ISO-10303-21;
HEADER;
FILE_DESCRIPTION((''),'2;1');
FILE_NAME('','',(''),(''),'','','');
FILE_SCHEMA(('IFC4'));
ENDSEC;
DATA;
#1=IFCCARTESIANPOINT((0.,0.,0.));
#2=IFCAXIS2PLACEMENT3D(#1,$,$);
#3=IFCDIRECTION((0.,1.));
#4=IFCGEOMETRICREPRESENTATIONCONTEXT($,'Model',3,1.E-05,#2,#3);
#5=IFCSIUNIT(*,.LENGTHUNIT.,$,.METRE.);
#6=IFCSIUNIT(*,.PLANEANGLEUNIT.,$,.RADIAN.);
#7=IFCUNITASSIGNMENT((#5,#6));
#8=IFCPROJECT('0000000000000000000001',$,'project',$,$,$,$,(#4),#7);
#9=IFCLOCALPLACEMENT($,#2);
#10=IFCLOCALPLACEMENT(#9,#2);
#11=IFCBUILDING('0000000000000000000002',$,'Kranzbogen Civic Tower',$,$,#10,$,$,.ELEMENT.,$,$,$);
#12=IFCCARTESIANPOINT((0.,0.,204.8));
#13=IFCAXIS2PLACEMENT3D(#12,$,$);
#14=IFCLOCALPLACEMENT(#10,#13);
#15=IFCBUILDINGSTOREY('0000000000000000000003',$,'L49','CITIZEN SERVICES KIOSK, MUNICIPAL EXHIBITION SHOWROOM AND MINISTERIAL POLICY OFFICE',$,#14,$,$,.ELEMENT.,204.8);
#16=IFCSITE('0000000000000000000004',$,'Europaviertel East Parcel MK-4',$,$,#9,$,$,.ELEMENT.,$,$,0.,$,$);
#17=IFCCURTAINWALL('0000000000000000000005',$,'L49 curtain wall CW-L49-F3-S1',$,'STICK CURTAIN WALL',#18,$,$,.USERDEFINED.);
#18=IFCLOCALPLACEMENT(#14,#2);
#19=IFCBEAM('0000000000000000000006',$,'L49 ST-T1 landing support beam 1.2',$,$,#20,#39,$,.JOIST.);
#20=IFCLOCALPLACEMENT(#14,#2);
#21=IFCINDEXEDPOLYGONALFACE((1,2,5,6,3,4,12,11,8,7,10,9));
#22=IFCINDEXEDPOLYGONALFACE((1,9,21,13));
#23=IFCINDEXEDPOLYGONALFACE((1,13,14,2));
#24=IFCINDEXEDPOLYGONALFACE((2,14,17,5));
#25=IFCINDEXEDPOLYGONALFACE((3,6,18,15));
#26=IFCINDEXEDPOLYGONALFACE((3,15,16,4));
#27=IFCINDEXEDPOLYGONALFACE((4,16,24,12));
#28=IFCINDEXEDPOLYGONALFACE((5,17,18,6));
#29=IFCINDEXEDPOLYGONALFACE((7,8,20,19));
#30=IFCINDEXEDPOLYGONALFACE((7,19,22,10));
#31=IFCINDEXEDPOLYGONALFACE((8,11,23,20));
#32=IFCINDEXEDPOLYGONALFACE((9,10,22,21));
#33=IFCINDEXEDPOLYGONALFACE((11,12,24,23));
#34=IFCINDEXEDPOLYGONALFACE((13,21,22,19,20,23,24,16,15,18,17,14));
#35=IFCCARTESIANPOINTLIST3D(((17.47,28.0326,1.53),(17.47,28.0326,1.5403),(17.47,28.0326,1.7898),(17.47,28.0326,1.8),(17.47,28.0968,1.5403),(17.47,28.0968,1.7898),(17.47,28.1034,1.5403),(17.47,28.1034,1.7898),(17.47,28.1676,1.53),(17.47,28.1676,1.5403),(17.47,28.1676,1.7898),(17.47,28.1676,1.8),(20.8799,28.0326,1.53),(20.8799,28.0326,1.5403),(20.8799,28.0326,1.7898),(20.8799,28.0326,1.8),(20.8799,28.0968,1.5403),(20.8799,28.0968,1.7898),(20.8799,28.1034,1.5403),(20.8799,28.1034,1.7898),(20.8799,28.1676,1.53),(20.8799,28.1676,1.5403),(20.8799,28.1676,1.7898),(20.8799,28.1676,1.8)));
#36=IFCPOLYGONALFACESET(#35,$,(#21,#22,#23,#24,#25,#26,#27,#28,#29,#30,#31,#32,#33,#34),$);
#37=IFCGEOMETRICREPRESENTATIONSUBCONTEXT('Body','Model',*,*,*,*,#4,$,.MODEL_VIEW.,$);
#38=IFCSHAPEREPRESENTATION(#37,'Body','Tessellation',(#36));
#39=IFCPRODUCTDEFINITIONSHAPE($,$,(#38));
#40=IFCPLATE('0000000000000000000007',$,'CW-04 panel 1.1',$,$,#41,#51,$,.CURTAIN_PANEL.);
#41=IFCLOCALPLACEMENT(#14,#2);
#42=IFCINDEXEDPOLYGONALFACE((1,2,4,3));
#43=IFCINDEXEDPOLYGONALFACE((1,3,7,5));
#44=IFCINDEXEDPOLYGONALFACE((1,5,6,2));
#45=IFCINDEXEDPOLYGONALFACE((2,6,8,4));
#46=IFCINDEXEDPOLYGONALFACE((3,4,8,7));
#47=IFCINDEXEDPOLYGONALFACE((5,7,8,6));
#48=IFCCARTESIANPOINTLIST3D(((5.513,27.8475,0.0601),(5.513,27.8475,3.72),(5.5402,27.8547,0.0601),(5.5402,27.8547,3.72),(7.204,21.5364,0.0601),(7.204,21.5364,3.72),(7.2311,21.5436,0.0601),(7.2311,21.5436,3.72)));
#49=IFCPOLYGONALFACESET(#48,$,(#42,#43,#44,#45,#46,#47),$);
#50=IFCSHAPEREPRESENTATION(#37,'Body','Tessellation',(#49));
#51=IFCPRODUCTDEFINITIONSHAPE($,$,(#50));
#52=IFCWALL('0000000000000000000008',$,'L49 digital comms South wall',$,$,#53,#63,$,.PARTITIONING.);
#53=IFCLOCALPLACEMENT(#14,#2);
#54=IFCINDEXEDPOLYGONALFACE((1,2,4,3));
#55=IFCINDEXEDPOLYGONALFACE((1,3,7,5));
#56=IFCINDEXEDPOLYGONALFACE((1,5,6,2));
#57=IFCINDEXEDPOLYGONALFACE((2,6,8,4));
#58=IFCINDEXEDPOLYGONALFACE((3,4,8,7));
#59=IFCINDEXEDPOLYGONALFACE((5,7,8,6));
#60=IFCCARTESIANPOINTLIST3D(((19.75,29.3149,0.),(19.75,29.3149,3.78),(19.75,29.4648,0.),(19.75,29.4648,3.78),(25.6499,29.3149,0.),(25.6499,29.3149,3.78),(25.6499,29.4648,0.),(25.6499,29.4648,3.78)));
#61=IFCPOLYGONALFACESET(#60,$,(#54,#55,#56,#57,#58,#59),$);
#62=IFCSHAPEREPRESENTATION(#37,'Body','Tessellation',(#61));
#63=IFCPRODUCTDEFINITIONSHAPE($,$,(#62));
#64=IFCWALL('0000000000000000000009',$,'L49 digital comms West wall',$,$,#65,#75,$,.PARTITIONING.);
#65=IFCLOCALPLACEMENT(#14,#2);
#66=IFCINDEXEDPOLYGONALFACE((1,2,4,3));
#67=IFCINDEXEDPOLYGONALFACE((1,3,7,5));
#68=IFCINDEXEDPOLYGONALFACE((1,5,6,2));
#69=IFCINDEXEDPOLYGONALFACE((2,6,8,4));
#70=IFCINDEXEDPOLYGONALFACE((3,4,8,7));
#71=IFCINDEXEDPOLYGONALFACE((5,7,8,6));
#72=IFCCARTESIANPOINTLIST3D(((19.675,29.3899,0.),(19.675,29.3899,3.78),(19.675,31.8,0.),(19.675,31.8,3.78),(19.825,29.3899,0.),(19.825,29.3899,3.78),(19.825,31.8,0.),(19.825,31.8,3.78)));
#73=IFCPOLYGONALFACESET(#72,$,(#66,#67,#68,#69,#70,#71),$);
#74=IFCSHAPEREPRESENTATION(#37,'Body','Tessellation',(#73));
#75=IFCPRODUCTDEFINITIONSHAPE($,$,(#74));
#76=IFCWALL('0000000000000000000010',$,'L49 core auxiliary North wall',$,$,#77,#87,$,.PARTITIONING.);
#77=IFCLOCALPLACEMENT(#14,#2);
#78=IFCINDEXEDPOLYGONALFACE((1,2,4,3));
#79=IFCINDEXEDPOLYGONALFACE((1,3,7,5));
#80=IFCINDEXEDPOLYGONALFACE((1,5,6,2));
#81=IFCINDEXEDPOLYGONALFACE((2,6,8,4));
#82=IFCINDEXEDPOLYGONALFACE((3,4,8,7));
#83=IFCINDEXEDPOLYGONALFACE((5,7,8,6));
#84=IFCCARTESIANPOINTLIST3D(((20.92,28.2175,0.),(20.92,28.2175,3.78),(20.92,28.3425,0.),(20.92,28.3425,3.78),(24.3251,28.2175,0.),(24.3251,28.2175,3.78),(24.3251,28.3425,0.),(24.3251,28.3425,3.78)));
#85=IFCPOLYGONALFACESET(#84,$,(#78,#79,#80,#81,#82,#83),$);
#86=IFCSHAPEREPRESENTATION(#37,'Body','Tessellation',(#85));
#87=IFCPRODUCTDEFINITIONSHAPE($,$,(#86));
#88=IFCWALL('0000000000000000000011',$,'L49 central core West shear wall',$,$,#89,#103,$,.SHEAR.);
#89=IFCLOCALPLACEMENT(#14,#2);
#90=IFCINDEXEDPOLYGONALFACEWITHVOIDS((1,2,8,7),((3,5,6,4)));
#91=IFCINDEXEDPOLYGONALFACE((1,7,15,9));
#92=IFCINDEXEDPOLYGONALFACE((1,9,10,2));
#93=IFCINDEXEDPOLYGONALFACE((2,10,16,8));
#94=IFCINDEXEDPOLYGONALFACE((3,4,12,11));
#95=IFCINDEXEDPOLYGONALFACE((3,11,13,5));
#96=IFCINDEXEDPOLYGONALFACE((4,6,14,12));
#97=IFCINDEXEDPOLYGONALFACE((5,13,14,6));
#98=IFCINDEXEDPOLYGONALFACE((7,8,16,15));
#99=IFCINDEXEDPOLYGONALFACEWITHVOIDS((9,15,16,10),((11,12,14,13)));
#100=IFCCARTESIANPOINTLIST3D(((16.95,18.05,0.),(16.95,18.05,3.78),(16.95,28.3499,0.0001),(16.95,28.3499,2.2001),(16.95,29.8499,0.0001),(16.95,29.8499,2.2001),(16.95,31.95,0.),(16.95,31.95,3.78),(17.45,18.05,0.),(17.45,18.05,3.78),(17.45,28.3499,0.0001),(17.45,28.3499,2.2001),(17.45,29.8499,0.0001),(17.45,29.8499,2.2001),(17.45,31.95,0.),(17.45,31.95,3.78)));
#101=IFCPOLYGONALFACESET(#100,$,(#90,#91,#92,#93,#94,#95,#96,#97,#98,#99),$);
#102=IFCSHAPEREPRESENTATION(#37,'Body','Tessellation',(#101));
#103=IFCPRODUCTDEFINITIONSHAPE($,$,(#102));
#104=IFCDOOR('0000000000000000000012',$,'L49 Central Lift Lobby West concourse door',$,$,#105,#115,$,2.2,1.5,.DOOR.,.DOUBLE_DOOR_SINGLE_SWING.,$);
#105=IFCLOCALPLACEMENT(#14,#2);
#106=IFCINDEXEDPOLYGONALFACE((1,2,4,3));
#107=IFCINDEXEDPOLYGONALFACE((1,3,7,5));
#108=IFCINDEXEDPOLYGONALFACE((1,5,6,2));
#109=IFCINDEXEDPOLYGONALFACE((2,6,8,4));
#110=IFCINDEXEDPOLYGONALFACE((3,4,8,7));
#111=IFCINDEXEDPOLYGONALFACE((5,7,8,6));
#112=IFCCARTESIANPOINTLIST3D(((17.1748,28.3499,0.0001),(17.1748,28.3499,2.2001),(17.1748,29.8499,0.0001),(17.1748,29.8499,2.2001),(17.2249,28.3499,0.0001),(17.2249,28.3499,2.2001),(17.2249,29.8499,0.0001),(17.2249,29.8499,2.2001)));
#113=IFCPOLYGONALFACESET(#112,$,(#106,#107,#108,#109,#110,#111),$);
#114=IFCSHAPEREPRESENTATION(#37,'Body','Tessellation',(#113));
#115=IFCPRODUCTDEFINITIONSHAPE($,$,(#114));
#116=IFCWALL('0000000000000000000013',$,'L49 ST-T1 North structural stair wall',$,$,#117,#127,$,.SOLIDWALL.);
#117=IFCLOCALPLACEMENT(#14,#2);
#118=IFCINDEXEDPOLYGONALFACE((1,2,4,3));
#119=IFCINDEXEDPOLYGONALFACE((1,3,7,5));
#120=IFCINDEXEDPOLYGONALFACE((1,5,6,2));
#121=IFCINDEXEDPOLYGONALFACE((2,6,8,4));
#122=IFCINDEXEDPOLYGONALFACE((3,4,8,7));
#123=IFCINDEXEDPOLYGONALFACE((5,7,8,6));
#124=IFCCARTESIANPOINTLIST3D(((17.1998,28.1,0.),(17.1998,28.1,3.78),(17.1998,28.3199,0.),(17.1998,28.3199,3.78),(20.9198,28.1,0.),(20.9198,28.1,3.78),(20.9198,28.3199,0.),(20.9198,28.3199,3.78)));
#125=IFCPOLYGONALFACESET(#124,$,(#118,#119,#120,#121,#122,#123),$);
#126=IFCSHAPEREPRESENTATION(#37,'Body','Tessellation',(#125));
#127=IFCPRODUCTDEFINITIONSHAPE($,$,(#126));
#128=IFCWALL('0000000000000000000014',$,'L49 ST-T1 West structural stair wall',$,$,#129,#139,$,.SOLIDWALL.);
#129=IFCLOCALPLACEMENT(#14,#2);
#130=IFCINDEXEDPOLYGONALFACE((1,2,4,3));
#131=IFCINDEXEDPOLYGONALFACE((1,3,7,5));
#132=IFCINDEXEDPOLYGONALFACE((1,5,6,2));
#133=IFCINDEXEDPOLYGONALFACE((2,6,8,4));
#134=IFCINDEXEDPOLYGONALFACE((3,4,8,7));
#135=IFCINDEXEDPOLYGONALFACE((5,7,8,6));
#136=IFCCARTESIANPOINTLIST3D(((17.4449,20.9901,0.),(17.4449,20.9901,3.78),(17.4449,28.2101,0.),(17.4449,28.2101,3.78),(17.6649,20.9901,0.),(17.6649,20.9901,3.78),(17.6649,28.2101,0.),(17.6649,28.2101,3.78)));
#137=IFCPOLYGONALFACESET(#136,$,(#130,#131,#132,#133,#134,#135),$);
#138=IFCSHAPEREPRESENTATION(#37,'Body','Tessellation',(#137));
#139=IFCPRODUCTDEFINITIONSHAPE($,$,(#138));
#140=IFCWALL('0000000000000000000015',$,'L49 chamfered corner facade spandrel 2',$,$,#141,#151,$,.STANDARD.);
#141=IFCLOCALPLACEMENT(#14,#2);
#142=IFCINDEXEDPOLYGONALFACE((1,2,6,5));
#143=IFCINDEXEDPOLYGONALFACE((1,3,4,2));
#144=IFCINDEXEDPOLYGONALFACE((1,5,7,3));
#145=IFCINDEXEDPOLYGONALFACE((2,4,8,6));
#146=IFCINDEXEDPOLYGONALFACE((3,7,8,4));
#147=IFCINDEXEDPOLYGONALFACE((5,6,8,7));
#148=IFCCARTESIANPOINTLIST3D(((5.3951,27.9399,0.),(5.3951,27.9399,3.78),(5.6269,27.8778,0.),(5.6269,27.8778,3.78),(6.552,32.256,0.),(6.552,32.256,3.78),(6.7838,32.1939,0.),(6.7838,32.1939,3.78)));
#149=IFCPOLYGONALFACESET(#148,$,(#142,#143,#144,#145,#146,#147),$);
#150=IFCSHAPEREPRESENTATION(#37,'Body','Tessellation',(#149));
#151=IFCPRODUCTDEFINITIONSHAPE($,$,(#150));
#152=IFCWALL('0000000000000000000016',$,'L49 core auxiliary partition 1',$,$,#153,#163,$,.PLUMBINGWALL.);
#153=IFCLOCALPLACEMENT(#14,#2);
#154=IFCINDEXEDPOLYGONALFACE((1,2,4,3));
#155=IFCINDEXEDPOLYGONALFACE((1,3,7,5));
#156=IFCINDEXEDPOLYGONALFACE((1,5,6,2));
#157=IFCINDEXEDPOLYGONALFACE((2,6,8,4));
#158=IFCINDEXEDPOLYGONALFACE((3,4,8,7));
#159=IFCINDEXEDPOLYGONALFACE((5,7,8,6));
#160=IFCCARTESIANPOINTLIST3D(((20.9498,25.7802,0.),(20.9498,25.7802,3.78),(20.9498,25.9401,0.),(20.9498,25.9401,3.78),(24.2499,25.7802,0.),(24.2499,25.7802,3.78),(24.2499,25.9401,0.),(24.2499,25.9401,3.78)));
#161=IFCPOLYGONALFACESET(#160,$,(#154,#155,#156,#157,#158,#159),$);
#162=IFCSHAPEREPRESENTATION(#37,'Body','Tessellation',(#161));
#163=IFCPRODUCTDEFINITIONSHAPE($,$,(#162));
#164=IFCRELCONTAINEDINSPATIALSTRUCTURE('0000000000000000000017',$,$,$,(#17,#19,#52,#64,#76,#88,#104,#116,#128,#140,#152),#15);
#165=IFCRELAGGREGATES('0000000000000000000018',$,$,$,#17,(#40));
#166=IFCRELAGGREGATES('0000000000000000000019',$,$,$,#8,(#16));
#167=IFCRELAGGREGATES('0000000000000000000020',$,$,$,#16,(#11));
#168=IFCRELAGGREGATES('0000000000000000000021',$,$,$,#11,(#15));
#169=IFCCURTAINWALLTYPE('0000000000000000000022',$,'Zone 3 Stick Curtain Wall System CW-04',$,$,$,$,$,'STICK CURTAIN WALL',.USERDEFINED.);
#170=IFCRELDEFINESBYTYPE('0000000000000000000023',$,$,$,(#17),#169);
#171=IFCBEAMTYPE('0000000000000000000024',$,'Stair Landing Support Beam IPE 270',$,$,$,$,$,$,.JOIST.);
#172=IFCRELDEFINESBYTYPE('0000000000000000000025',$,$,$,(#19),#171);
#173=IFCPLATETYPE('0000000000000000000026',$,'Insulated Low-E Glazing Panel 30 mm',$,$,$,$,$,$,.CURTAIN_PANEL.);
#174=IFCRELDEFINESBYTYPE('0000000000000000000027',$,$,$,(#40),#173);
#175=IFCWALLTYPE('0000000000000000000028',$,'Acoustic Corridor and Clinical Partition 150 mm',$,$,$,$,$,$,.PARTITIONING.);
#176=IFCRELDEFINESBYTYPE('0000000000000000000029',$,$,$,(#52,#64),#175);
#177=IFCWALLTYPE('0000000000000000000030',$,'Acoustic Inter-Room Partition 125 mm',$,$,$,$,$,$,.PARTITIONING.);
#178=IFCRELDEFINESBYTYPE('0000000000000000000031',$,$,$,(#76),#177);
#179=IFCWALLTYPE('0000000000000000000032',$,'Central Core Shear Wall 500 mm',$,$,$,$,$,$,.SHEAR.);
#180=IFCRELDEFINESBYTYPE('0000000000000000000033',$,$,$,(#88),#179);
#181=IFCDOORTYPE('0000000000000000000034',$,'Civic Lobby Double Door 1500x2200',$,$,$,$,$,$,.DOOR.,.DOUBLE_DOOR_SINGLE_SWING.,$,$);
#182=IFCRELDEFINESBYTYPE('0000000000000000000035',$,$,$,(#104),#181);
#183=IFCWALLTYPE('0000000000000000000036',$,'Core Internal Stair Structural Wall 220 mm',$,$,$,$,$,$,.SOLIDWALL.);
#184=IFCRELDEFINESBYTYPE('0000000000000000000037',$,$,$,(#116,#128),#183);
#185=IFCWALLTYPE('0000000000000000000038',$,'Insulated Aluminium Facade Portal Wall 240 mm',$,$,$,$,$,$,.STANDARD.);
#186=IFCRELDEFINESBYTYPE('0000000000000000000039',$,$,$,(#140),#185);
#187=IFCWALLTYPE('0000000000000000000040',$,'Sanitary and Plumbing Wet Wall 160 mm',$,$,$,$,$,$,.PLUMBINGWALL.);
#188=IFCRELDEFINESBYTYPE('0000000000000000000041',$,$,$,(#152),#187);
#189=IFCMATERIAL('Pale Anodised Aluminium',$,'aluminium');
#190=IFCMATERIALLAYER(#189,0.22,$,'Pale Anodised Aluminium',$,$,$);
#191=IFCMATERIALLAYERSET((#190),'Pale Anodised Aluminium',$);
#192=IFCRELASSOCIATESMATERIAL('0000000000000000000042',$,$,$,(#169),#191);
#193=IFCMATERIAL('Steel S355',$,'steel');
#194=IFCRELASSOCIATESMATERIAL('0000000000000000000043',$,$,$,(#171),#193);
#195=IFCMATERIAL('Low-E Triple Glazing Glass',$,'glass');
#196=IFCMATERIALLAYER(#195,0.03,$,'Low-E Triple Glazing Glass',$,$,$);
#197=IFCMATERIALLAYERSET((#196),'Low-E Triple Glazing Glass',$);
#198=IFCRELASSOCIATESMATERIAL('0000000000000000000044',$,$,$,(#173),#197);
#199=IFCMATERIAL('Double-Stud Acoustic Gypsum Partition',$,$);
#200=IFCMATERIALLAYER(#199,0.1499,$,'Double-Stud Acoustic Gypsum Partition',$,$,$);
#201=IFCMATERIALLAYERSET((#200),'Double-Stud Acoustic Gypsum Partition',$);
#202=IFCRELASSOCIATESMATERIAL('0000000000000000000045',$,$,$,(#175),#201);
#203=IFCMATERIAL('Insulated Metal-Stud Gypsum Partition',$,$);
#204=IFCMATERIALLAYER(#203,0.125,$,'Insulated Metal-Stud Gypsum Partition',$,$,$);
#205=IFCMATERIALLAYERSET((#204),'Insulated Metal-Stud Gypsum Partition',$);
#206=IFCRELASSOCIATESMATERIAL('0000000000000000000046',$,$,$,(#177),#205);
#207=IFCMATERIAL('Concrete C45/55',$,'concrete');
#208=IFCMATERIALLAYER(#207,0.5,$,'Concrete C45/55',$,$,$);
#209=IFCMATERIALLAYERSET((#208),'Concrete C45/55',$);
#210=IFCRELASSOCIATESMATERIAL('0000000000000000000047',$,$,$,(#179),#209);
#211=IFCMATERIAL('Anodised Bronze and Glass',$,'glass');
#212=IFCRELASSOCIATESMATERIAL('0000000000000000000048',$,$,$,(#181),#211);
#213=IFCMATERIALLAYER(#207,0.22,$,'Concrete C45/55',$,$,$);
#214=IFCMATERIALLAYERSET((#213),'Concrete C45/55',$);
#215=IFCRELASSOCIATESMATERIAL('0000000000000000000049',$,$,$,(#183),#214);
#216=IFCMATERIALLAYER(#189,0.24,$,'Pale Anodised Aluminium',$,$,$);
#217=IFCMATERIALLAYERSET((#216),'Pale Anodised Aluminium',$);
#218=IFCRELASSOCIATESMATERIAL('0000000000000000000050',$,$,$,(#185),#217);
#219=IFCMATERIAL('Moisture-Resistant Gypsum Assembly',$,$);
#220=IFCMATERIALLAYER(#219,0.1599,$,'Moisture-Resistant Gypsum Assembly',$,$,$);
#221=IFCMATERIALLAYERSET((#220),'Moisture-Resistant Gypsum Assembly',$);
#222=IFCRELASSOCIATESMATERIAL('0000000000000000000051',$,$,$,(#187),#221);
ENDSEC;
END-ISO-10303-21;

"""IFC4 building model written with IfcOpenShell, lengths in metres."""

from ifc_helpers import new_model, si_unit, direction, frame, frame_2d, origin, origin_2d, place, context, subcontext, project, spatial, rectangle, i_section, extrude, material, layer, layer_set, material_profile, profile_set, type_object, element, fill, aggregate, save


model = new_model("IFC4")

# Units and contexts
model_context = context("Model", 3, precision=1e-05, world=origin(), true_north=direction((0.0, 1.0)))
body_context = subcontext(model_context, "Body", "Model", "MODEL_VIEW")
ifc_project = project(units=[si_unit("LENGTHUNIT", "METRE"), si_unit("PLANEANGLEUNIT", "RADIAN")], contexts=[model_context])

# Site, building, storey
site_placement = place(None, origin())
site = spatial("IfcSite", under=ifc_project, at=site_placement, Name="Europaviertel East Parcel MK-4", CompositionType="ELEMENT", RefElevation=0.0)
building_placement = place(site_placement, origin())
building = spatial("IfcBuilding", under=site, at=building_placement, Name="Kranzbogen Civic Tower", CompositionType="ELEMENT")
storey_placement = place(building_placement, frame((0.0, 0.0, 204.8)))
storey = spatial("IfcBuildingStorey", under=building, at=storey_placement, Name="L49", Description="CITIZEN SERVICES KIOSK, MUNICIPAL EXHIBITION SHOWROOM AND MINISTERIAL POLICY OFFICE", CompositionType="ELEMENT", Elevation=204.8)

# Shared definitions
ifc_material_1 = material(Name="Steel S355", Category="steel")

# Shared definitions
ifc_material_2 = material(Name="Pale Anodised Aluminium", Category="aluminium")
ifc_layer_1 = layer(ifc_material_2, 0.22, Name="Pale Anodised Aluminium")
ifc_layer_set_1 = layer_set([ifc_layer_1], Name="Pale Anodised Aluminium")
curtain_wall_type = type_object("IfcCurtainWallType", Name="Zone 3 Stick Curtain Wall System CW-04", ElementType="STICK CURTAIN WALL", PredefinedType="USERDEFINED", material=ifc_layer_set_1)

# Curtain wall
curtain_wall_1_placement = place(storey_placement, origin())
curtain_wall_1 = element("IfcCurtainWall", 1, at=curtain_wall_1_placement, inside=storey, type_object=curtain_wall_type, Name="L49 curtain wall CW-L49-F3-S1", ObjectType="STICK CURTAIN WALL", PredefinedType="USERDEFINED")

# Beam
ifc_material_profile_1 = material_profile(ifc_material_1, i_section(OverallWidth=0.135, OverallDepth=0.27, WebThickness=0.0066, FlangeThickness=0.0103, at=origin_2d()), Name="IPE 270")
ifc_profile_set_1 = profile_set([ifc_material_profile_1], Name="Steel S355")
beam_type_1 = type_object("IfcBeamType", Name="Stair Landing Support Beam IPE 270", PredefinedType="JOIST", material=ifc_profile_set_1)
for number, where, z_axis, x_axis, name in (
    (2, (20.8799, 28.1001, 1.665), (-1.0, 0.0, 0.0), (0.0, -1.0, 0.0), "L49 ST-T1 landing support beam 1.2"),
):
    element("IfcBeam", number, at=place(storey_placement, frame(where, z_axis=z_axis, x_axis=x_axis)), inside=storey, type_object=beam_type_1, Name=name, PredefinedType="JOIST", context=body_context, shape_type="SweptSolid", body=[
        extrude(i_section(OverallWidth=0.135, OverallDepth=0.27, WebThickness=0.0066, FlangeThickness=0.0103, at=origin_2d()), origin(), (0.0, 0.0, 1.0), 3.4099),
    ])

# Plate
ifc_material_3 = material(Name="Low-E Triple Glazing Glass", Category="glass")
ifc_layer_2 = layer(ifc_material_3, 0.03, Name="Low-E Triple Glazing Glass")
ifc_layer_set_2 = layer_set([ifc_layer_2], Name="Low-E Triple Glazing Glass")
plate_type = type_object("IfcPlateType", Name="Insulated Low-E Glazing Panel 30 mm", PredefinedType="CURTAIN_PANEL", material=ifc_layer_set_2)
plate_placement = place(storey_placement, frame((6.3721, 24.6956, 0.0601), z_axis=(0.0, 0.0, 1.0), x_axis=(0.258804, -0.96593, 0.0)))
plate = element("IfcPlate", 3, at=plate_placement, type_object=plate_type, Name="CW-04 panel 1.1", PredefinedType="CURTAIN_PANEL", context=body_context, shape_type="SweptSolid", body=[
    extrude(rectangle(XDim=6.5337, YDim=0.0281, at=origin_2d()), origin(), (0.0, 0.0, 1.0), 3.6599),
])
aggregate(curtain_wall_1, [plate])

# Walls
ifc_material_4 = material(Name="Double-Stud Acoustic Gypsum Partition")
ifc_layer_3 = layer(ifc_material_4, 0.1499, Name="Double-Stud Acoustic Gypsum Partition")
ifc_layer_set_3 = layer_set([ifc_layer_3], Name="Double-Stud Acoustic Gypsum Partition")
wall_type_1 = type_object("IfcWallType", Name="Acoustic Corridor and Clinical Partition 150 mm", PredefinedType="PARTITIONING", material=ifc_layer_set_3)
wall_1_placement = place(storey_placement, frame((19.75, 29.3899, 0.0), z_axis=(0.0, 0.0, 1.0), x_axis=(1.0, 0.0, 0.0)))
element("IfcWall", 4, at=wall_1_placement, inside=storey, type_object=wall_type_1, Name="L49 digital comms South wall", PredefinedType="PARTITIONING", context=body_context, shape_type="SweptSolid", body=[
    extrude(rectangle(XDim=5.8999, YDim=0.1499, at=frame_2d((2.95, 0.0))), origin(), (0.0, 0.0, 1.0), 3.78),
])
wall_2_placement = place(storey_placement, frame((19.75, 29.3899, 0.0), z_axis=(0.0, 0.0, 1.0), x_axis=(0.0, 1.0, 0.0)))
element("IfcWall", 5, at=wall_2_placement, inside=storey, type_object=wall_type_1, Name="L49 digital comms West wall", PredefinedType="PARTITIONING", context=body_context, shape_type="SweptSolid", body=[
    extrude(rectangle(XDim=2.4102, YDim=0.1499, at=frame_2d((1.2051, 0.0))), origin(), (0.0, 0.0, 1.0), 3.78),
])
ifc_material_5 = material(Name="Insulated Metal-Stud Gypsum Partition")
ifc_layer_4 = layer(ifc_material_5, 0.125, Name="Insulated Metal-Stud Gypsum Partition")
ifc_layer_set_4 = layer_set([ifc_layer_4], Name="Insulated Metal-Stud Gypsum Partition")
wall_type_2 = type_object("IfcWallType", Name="Acoustic Inter-Room Partition 125 mm", PredefinedType="PARTITIONING", material=ifc_layer_set_4)
wall_3_placement = place(storey_placement, frame((20.9199, 28.28, 0.0), z_axis=(0.0, 0.0, 1.0), x_axis=(1.0, 0.0, 0.0)))
element("IfcWall", 6, at=wall_3_placement, inside=storey, type_object=wall_type_2, Name="L49 core auxiliary North wall", PredefinedType="PARTITIONING", context=body_context, shape_type="SweptSolid", body=[
    extrude(rectangle(XDim=3.405, YDim=0.125, at=frame_2d((1.7026, 0.0))), origin(), (0.0, 0.0, 1.0), 3.78),
])

# Wall, opening, door
ifc_material_6 = material(Name="Concrete C45/55", Category="concrete")
ifc_layer_5 = layer(ifc_material_6, 0.5, Name="Concrete C45/55")
ifc_layer_set_5 = layer_set([ifc_layer_5], Name="Concrete C45/55")
wall_type_3 = type_object("IfcWallType", Name="Central Core Shear Wall 500 mm", PredefinedType="SHEAR", material=ifc_layer_set_5)
wall_4_placement = place(storey_placement, frame((17.2, 31.95, 0.0), z_axis=(0.0, 0.0, 1.0), x_axis=(0.0, -1.0, 0.0)))
wall_4 = element("IfcWall", 7, at=wall_4_placement, inside=storey, type_object=wall_type_3, Name="L49 central core West shear wall", PredefinedType="SHEAR", context=body_context, shape_type="SweptSolid", body=[
    extrude(rectangle(XDim=13.8999, YDim=0.5, at=frame_2d((6.95, 0.0))), origin(), (0.0, 0.0, 1.0), 3.78),
])
opening_placement = place(wall_4_placement, frame((2.1001, 0.0, 0.0)))
opening = element("IfcOpeningElement", 8, at=opening_placement, cuts=wall_4, PredefinedType="OPENING", context=body_context, shape_type="SweptSolid", body=[
    extrude(rectangle(XDim=1.5, YDim=2.2, at=frame_2d((0.75, 1.1001))), frame((0.0, 0.26, 0.0), z_axis=(0.0, -1.0, 0.0), x_axis=(1.0, 0.0, 0.0)), (0.0, 0.0, 1.0), 0.52),
])
ifc_material_7 = material(Name="Anodised Bronze and Glass", Category="glass")
door_type = type_object("IfcDoorType", Name="Civic Lobby Double Door 1500x2200", OperationType="DOUBLE_DOOR_SINGLE_SWING", PredefinedType="DOOR", material=ifc_material_7)
door_placement = place(opening_placement, origin())
door = element("IfcDoor", 9, at=door_placement, inside=storey, type_object=door_type, Name="L49 Central Lift Lobby West concourse door", OperationType="DOUBLE_DOOR_SINGLE_SWING", OverallHeight=2.2, OverallWidth=1.5, PredefinedType="DOOR", context=body_context, shape_type="SweptSolid", body=[
    extrude(rectangle(XDim=1.5, YDim=2.2, at=frame_2d((0.75, 1.1001))), frame((0.0, 0.0249, 0.0), z_axis=(0.0, -1.0, 0.0), x_axis=(1.0, 0.0, 0.0)), (0.0, 0.0, 1.0), 0.05),
])
fill(opening, door)

# Walls
ifc_layer_6 = layer(ifc_material_6, 0.22, Name="Concrete C45/55")
ifc_layer_set_6 = layer_set([ifc_layer_6], Name="Concrete C45/55")
wall_type_4 = type_object("IfcWallType", Name="Core Internal Stair Structural Wall 220 mm", PredefinedType="SOLIDWALL", material=ifc_layer_set_6)
wall_5_placement = place(storey_placement, frame((17.2, 28.21, 0.0), z_axis=(0.0, 0.0, 1.0), x_axis=(1.0, 0.0, 0.0)))
element("IfcWall", 10, at=wall_5_placement, inside=storey, type_object=wall_type_4, Name="L49 ST-T1 North structural stair wall", PredefinedType="SOLIDWALL", context=body_context, shape_type="SweptSolid", body=[
    extrude(rectangle(XDim=3.72, YDim=0.22, at=frame_2d((1.8599, 0.0))), origin(), (0.0, 0.0, 1.0), 3.78),
])
wall_6_placement = place(storey_placement, frame((17.5549, 28.21, 0.0), z_axis=(0.0, 0.0, 1.0), x_axis=(0.0, -1.0, 0.0)))
element("IfcWall", 11, at=wall_6_placement, inside=storey, type_object=wall_type_4, Name="L49 ST-T1 West structural stair wall", PredefinedType="SOLIDWALL", context=body_context, shape_type="SweptSolid", body=[
    extrude(rectangle(XDim=7.22, YDim=0.22, at=frame_2d((3.6099, 0.0))), origin(), (0.0, 0.0, 1.0), 3.78),
])
ifc_layer_7 = layer(ifc_material_2, 0.24, Name="Pale Anodised Aluminium")
ifc_layer_set_7 = layer_set([ifc_layer_7], Name="Pale Anodised Aluminium")
wall_type_5 = type_object("IfcWallType", Name="Insulated Aluminium Facade Portal Wall 240 mm", PredefinedType="STANDARD", material=ifc_layer_set_7)
wall_7_placement = place(storey_placement, frame((6.668, 32.2251, 0.0), z_axis=(0.0, 0.0, 1.0), x_axis=(-0.258917, -0.9659, 0.0)))
element("IfcWall", 12, at=wall_7_placement, inside=storey, type_object=wall_type_5, Name="L49 chamfered corner facade spandrel 2", PredefinedType="STANDARD", context=body_context, shape_type="SweptSolid", body=[
    extrude(rectangle(XDim=4.4685, YDim=0.24, at=frame_2d((2.2344, 0.0))), origin(), (0.0, 0.0, 1.0), 3.78),
])
ifc_material_8 = material(Name="Moisture-Resistant Gypsum Assembly")
ifc_layer_8 = layer(ifc_material_8, 0.1599, Name="Moisture-Resistant Gypsum Assembly")
ifc_layer_set_8 = layer_set([ifc_layer_8], Name="Moisture-Resistant Gypsum Assembly")
wall_type_6 = type_object("IfcWallType", Name="Sanitary and Plumbing Wet Wall 160 mm", PredefinedType="PLUMBINGWALL", material=ifc_layer_set_8)
wall_8_placement = place(storey_placement, frame((20.95, 25.8601, 0.0), z_axis=(0.0, 0.0, 1.0), x_axis=(1.0, 0.0, 0.0)))
element("IfcWall", 13, at=wall_8_placement, inside=storey, type_object=wall_type_6, Name="L49 core auxiliary partition 1", PredefinedType="PLUMBINGWALL", context=body_context, shape_type="SweptSolid", body=[
    extrude(rectangle(XDim=3.3, YDim=0.1599, at=frame_2d((1.6499, 0.0))), origin(), (0.0, 0.0, 1.0), 3.78),
])

save(model, "model.ifc")
